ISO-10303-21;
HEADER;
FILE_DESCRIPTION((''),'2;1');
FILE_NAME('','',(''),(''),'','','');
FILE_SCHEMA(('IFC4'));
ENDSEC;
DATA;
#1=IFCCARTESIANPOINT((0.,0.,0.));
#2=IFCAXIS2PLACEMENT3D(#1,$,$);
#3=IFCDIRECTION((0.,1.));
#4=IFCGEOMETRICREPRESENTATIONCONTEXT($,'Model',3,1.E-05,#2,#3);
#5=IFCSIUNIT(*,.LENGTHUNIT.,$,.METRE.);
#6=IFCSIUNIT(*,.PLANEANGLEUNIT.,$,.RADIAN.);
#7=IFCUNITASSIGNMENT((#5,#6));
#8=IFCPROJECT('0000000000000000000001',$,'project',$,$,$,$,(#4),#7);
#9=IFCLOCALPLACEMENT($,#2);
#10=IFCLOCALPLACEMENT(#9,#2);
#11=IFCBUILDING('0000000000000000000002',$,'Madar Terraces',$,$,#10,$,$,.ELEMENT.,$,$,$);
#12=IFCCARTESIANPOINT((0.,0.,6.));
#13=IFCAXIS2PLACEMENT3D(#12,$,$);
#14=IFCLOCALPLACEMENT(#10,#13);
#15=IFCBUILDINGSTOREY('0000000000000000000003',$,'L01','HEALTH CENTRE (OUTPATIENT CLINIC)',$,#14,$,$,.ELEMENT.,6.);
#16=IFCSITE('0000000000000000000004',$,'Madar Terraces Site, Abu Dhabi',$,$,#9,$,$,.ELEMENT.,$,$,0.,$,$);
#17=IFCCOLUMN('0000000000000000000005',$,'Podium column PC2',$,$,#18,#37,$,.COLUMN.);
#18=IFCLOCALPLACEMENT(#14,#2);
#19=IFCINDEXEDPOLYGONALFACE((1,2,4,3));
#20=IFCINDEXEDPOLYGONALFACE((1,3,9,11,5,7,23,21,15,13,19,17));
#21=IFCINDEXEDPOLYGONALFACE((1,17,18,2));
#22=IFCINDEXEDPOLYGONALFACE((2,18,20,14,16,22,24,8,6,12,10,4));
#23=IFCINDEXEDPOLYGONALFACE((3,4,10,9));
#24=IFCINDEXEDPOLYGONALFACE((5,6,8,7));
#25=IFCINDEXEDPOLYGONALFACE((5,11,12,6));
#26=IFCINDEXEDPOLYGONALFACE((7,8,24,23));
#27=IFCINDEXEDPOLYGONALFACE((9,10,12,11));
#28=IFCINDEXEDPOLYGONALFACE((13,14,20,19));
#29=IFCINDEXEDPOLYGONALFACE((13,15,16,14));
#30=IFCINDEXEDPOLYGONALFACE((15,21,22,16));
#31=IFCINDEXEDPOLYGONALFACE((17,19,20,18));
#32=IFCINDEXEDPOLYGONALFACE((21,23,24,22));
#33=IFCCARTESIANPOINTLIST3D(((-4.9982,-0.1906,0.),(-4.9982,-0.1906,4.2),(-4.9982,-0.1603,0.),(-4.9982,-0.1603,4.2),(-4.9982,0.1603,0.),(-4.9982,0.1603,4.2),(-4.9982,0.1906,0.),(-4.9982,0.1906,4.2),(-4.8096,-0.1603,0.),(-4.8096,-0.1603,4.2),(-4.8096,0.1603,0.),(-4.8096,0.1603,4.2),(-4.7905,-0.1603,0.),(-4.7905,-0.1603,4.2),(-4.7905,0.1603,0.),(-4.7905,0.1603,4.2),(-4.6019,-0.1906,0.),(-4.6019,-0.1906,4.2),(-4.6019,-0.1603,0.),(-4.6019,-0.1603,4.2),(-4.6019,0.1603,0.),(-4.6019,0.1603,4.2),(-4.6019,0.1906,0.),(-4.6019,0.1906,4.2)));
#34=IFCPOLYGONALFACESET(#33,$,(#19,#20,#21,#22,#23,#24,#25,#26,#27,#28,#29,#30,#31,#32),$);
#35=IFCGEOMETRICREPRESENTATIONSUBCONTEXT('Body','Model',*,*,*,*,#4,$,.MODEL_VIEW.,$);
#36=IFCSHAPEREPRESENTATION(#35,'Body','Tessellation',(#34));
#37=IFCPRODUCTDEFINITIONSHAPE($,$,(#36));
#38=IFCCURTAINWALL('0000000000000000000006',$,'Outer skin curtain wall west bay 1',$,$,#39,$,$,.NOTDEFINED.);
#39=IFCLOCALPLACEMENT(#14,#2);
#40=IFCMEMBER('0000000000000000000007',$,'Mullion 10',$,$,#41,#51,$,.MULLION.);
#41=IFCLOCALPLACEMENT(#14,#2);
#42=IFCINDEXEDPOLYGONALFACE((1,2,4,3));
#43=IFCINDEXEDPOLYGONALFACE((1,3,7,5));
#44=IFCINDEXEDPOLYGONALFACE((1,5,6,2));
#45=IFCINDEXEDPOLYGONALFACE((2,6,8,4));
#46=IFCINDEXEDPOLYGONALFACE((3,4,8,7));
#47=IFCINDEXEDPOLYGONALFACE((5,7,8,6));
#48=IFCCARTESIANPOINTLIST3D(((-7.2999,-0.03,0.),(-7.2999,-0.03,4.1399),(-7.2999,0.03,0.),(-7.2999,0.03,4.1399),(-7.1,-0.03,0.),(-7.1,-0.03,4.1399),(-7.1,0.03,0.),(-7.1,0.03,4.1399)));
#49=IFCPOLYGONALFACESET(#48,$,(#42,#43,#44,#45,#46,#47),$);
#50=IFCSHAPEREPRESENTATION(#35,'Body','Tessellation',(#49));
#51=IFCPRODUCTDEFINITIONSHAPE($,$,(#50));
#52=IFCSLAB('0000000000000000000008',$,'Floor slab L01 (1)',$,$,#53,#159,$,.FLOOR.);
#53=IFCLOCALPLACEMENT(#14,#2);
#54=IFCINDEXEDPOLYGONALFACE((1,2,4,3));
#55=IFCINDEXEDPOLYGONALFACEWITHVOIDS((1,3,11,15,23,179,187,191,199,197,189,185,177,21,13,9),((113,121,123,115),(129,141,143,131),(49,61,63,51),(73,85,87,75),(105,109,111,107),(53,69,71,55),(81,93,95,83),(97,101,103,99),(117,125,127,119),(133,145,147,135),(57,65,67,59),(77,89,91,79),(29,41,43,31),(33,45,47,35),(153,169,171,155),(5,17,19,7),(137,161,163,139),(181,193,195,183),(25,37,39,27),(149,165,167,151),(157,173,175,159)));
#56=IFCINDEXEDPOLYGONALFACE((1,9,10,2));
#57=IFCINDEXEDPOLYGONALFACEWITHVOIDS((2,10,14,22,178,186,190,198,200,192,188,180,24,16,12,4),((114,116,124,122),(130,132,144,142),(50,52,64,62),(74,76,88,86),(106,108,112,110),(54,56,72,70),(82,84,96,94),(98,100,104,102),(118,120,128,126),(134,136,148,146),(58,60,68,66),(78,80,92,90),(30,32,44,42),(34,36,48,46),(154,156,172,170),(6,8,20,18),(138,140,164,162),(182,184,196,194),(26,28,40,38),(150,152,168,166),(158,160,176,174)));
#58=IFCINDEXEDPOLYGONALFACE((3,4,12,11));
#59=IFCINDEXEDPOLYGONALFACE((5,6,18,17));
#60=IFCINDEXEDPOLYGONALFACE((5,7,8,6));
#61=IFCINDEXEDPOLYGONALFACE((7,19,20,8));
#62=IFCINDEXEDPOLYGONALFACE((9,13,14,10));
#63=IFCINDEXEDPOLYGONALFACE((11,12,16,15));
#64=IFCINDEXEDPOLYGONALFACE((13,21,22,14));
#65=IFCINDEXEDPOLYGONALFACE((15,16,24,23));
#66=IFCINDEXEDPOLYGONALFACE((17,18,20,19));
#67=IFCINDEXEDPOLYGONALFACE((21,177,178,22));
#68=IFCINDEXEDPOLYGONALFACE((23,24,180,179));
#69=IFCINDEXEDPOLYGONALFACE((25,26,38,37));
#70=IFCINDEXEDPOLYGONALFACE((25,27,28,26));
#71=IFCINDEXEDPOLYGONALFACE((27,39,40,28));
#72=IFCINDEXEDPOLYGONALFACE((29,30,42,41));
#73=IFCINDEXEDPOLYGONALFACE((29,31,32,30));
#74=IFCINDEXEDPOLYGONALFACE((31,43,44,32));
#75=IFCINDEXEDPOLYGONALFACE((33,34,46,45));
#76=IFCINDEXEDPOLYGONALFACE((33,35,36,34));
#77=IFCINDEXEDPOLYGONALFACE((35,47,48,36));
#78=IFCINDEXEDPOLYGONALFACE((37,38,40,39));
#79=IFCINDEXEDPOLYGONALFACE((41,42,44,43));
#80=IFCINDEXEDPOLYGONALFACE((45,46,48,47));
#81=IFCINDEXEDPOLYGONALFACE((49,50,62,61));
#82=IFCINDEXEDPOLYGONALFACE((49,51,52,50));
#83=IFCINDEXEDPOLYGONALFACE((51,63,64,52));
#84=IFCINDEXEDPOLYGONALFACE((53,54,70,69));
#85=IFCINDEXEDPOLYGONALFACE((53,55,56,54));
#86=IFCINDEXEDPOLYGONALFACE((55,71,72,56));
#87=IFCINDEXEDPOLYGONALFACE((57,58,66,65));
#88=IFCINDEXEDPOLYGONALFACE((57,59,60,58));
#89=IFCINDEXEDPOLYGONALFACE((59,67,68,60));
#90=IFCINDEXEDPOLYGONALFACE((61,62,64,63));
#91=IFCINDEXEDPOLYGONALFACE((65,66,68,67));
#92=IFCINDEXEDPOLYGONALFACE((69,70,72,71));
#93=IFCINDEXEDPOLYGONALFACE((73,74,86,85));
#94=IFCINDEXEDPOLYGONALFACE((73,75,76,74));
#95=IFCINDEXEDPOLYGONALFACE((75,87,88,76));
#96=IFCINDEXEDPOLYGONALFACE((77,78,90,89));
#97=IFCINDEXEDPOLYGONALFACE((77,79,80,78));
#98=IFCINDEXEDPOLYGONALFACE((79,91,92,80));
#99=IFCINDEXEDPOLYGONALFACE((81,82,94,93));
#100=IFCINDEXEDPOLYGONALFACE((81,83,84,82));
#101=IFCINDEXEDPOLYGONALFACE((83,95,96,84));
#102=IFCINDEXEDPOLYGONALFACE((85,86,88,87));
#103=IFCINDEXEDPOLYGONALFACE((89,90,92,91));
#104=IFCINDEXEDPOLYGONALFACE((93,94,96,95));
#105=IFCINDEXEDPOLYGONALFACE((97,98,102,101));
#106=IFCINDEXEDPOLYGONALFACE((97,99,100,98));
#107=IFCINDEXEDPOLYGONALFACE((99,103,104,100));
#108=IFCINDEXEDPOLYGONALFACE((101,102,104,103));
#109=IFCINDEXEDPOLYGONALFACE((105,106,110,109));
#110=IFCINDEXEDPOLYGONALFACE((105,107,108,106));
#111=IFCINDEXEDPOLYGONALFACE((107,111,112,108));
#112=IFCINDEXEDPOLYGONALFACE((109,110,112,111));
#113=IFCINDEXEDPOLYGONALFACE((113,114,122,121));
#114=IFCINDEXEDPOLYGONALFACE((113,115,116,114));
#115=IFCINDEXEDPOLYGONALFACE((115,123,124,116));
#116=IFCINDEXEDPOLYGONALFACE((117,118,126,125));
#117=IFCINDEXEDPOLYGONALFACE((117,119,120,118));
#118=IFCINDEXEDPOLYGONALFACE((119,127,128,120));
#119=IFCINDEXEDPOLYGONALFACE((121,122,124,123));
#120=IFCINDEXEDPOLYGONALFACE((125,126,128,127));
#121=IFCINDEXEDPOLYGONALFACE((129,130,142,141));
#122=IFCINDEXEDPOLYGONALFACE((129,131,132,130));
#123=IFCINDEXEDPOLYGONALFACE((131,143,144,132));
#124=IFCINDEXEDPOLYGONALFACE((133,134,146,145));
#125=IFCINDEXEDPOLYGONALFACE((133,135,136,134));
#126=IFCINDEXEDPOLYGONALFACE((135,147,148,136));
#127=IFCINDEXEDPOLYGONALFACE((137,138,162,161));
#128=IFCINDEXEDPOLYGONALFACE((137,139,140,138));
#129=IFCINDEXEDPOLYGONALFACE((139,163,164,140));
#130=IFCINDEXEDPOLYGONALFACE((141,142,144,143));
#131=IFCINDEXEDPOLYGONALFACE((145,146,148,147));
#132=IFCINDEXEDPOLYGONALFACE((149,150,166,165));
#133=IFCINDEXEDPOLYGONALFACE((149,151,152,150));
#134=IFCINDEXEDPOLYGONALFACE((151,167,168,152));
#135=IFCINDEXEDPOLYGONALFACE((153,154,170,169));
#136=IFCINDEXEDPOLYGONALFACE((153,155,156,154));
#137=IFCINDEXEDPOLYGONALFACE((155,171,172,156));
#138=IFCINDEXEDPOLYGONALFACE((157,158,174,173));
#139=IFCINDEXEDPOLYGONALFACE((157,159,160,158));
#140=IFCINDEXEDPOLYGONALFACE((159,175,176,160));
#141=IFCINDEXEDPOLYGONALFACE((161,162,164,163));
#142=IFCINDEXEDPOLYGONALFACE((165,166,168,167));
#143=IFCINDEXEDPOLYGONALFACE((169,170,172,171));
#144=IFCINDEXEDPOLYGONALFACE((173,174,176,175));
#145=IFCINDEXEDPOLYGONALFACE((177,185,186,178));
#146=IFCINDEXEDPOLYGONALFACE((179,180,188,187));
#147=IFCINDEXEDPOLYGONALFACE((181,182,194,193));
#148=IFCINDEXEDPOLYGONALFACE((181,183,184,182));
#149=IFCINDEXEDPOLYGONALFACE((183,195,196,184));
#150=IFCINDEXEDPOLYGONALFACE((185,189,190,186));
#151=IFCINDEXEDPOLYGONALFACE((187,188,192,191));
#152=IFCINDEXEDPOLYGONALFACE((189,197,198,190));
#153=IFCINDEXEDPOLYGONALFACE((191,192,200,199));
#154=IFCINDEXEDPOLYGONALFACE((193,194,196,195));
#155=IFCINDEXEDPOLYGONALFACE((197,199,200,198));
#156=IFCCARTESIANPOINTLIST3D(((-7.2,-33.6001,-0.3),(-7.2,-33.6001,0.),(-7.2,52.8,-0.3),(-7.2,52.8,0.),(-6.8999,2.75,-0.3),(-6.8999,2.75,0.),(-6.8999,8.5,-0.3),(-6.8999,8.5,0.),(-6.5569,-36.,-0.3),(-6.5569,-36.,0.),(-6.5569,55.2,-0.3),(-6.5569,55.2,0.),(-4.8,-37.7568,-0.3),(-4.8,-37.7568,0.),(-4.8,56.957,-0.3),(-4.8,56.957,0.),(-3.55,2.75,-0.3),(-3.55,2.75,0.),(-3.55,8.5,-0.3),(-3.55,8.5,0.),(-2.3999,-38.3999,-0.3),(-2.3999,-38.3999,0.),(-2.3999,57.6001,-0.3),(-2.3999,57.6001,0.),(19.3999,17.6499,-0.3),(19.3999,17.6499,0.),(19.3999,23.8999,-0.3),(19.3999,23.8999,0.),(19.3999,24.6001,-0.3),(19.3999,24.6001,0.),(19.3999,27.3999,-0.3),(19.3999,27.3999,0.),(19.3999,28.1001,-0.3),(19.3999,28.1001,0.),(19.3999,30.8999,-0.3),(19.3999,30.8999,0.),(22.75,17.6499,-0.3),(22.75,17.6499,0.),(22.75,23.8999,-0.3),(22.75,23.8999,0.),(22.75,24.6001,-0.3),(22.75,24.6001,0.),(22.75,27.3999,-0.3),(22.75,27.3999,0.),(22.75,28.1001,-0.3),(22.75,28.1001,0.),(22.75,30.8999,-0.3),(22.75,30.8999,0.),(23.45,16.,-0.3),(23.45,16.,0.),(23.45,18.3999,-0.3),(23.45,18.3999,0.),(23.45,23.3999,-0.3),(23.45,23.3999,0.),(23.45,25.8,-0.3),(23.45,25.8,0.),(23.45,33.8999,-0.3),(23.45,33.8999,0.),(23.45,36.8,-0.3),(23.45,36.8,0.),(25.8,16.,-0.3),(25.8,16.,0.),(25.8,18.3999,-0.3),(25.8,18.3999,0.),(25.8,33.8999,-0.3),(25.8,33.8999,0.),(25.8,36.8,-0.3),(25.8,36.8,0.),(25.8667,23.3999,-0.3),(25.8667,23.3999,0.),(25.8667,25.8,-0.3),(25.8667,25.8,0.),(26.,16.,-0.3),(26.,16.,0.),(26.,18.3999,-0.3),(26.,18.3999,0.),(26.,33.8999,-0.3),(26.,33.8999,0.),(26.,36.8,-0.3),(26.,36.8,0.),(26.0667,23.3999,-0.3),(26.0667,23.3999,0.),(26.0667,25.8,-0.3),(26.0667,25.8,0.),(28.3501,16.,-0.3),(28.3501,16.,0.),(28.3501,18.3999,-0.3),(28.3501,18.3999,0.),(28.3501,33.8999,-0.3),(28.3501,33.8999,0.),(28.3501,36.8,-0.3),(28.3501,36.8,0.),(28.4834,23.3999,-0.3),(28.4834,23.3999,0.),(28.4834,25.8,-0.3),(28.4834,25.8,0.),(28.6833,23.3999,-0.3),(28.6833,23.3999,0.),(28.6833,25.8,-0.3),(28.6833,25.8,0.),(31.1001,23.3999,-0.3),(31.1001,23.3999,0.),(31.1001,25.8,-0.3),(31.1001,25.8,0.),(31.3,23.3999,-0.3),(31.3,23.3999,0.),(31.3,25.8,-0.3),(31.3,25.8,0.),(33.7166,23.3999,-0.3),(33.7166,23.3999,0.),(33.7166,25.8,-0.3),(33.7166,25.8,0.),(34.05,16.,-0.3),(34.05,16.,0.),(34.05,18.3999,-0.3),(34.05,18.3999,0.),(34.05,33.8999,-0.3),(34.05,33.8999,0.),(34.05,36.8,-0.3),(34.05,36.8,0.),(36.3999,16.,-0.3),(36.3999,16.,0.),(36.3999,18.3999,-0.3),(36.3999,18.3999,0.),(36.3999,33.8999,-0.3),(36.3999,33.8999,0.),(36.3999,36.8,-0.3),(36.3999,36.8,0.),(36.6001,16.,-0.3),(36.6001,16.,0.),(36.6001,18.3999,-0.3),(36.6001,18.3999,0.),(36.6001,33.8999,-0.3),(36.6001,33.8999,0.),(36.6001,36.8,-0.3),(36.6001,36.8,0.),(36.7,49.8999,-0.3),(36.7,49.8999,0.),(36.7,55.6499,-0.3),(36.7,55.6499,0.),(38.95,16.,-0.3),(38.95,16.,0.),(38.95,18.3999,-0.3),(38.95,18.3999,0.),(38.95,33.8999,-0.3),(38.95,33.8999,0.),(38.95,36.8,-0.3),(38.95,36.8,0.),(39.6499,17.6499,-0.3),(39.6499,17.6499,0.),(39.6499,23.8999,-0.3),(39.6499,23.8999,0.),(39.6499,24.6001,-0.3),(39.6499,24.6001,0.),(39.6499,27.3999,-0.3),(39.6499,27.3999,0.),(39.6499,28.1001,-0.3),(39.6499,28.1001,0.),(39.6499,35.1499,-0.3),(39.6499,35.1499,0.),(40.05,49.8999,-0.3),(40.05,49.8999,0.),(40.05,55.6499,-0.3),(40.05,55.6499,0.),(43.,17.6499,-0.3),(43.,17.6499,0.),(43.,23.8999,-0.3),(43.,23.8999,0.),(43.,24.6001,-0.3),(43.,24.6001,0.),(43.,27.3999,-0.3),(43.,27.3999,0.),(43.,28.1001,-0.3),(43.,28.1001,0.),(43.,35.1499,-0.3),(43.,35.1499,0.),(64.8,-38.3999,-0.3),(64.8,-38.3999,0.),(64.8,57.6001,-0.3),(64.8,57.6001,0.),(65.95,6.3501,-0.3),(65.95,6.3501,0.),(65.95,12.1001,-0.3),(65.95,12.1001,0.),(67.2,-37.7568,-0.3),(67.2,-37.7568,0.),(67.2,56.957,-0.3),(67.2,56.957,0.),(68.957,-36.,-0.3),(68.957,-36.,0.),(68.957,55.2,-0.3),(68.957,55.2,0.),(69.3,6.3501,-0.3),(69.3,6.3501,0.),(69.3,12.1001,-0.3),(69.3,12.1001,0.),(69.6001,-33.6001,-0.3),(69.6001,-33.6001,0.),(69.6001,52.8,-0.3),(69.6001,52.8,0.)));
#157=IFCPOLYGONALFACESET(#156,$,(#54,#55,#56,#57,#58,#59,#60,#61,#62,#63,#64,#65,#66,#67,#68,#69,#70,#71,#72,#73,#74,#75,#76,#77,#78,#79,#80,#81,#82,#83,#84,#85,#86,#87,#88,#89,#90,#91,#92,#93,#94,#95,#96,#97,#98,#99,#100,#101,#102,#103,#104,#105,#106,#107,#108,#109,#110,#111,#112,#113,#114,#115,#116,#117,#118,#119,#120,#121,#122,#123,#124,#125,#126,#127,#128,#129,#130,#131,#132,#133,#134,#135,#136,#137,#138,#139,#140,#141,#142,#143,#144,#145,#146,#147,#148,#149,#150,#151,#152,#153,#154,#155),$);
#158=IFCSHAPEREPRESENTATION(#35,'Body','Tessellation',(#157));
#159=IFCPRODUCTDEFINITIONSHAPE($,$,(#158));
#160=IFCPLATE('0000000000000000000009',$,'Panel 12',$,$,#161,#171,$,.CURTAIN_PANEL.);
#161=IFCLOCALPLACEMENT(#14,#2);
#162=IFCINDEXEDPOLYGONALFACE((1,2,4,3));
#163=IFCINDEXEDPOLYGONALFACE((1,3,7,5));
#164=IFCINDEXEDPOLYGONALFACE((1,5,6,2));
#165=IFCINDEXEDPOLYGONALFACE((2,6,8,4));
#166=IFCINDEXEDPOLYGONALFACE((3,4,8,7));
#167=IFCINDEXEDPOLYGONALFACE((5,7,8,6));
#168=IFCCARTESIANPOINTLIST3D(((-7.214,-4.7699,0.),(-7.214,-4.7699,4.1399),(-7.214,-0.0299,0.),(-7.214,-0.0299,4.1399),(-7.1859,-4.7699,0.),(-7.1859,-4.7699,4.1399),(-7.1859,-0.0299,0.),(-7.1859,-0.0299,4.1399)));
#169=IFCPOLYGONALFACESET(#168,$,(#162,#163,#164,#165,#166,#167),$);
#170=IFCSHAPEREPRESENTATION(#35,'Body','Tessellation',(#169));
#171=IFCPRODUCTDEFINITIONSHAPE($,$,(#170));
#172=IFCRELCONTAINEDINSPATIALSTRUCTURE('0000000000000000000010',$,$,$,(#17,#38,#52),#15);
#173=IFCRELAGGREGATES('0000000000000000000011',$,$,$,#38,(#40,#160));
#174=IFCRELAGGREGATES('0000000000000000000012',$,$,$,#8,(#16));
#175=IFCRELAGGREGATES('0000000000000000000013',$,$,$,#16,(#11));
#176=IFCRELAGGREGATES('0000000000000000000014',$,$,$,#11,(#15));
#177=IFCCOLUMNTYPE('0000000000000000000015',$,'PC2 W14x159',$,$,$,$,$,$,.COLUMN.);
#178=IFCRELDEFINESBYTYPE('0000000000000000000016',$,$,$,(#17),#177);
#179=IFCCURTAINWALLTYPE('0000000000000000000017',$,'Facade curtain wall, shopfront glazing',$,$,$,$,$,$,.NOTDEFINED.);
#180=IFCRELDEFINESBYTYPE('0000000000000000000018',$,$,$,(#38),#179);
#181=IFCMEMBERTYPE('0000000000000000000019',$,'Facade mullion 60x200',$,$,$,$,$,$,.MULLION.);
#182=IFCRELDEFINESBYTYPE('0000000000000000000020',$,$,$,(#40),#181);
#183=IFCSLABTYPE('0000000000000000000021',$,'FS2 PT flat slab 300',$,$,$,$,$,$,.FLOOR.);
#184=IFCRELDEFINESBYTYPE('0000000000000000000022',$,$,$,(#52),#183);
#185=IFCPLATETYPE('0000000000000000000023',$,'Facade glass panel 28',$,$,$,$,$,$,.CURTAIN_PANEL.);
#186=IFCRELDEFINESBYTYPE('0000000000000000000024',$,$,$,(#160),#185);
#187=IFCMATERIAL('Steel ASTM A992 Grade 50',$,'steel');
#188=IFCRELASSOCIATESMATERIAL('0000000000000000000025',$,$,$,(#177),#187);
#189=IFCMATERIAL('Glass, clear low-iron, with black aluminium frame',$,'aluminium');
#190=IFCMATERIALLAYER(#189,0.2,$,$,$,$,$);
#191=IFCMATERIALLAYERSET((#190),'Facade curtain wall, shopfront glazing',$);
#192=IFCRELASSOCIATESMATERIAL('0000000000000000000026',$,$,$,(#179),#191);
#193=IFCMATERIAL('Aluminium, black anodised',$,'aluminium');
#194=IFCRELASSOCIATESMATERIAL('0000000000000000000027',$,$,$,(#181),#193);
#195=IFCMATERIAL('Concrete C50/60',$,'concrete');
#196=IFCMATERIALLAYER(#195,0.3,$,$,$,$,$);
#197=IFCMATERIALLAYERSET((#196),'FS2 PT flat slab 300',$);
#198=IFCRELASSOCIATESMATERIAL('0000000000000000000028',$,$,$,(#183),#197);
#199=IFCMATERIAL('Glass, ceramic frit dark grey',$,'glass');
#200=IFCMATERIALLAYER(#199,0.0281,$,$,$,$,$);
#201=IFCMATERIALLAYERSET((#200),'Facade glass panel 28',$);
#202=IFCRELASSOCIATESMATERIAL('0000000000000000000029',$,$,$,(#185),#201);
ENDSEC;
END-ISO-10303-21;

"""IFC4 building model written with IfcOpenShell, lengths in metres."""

from ifc_helpers import new_model, si_unit, direction, frame, origin, origin_2d, place, context, subcontext, project, spatial, polyline, rectangle, i_section, outline, extrude, material, layer, layer_set, material_profile, profile_set, type_object, element, aggregate, save


model = new_model("IFC4")

# Units and contexts
model_context = context("Model", 3, precision=1e-05, world=origin(), true_north=direction((0.0, 1.0)))
body_context = subcontext(model_context, "Body", "Model", "MODEL_VIEW")
ifc_project = project(units=[si_unit("LENGTHUNIT", "METRE"), si_unit("PLANEANGLEUNIT", "RADIAN")], contexts=[model_context])

# Site, building, storey
site_placement = place(None, origin())
site = spatial("IfcSite", under=ifc_project, at=site_placement, Name="Madar Terraces Site, Abu Dhabi", CompositionType="ELEMENT", RefElevation=0.0)
building_placement = place(site_placement, origin())
building = spatial("IfcBuilding", under=site, at=building_placement, Name="Madar Terraces", CompositionType="ELEMENT")
storey_placement = place(building_placement, frame((0.0, 0.0, 6.0)))
storey = spatial("IfcBuildingStorey", under=building, at=storey_placement, Name="L01", Description="HEALTH CENTRE (OUTPATIENT CLINIC)", CompositionType="ELEMENT", Elevation=6.0)

# Column
ifc_material_1 = material(Name="Steel ASTM A992 Grade 50", Category="steel")
ifc_material_profile_1 = material_profile(ifc_material_1, i_section(OverallWidth=0.3962, OverallDepth=0.3811, WebThickness=0.019, FlangeThickness=0.0303, at=origin_2d()), Name="W14x159")
ifc_profile_set_1 = profile_set([ifc_material_profile_1], Name="Steel ASTM A992 Grade 50")
column_type = type_object("IfcColumnType", Name="PC2 W14x159", PredefinedType="COLUMN", material=ifc_profile_set_1)
column_placement = place(storey_placement, frame((-4.8, 0.0, 0.0), z_axis=(0.0, 0.0, 1.0), x_axis=(1.0, 0.0, 0.0)))
element("IfcColumn", 1, at=column_placement, inside=storey, type_object=column_type, Name="Podium column PC2", PredefinedType="COLUMN", context=body_context, shape_type="SweptSolid", body=[
    extrude(i_section(OverallWidth=0.3962, OverallDepth=0.3811, WebThickness=0.019, FlangeThickness=0.0303, at=origin_2d()), origin(), (0.0, 0.0, 1.0), 4.2),
])

# Curtain wall, member
ifc_material_2 = material(Name="Glass, clear low-iron, with black aluminium frame", Category="aluminium")
ifc_layer_1 = layer(ifc_material_2, 0.2)
ifc_layer_set_1 = layer_set([ifc_layer_1], Name="Facade curtain wall, shopfront glazing")
curtain_wall_type = type_object("IfcCurtainWallType", Name="Facade curtain wall, shopfront glazing", PredefinedType="NOTDEFINED", material=ifc_layer_set_1)
curtain_wall_placement = place(storey_placement, origin())
curtain_wall = element("IfcCurtainWall", 2, at=curtain_wall_placement, inside=storey, type_object=curtain_wall_type, Name="Outer skin curtain wall west bay 1", PredefinedType="NOTDEFINED")
ifc_material_3 = material(Name="Aluminium, black anodised", Category="aluminium")
ifc_material_profile_2 = material_profile(ifc_material_3, rectangle(XDim=0.2, YDim=0.0601, at=origin_2d()), Name="Facade mullion 60x200")
ifc_profile_set_2 = profile_set([ifc_material_profile_2], Name="Aluminium, black anodised")
member_type = type_object("IfcMemberType", Name="Facade mullion 60x200", PredefinedType="MULLION", material=ifc_profile_set_2)
member_placement = place(storey_placement, frame((-7.2, 0.0, 0.0), z_axis=(0.0, 0.0, 1.0), x_axis=(1.0, 0.0, 0.0)))
member = element("IfcMember", 3, at=member_placement, type_object=member_type, Name="Mullion 10", PredefinedType="MULLION", context=body_context, shape_type="SweptSolid", body=[
    extrude(rectangle(XDim=0.2, YDim=0.0601, at=origin_2d()), origin(), (0.0, 0.0, 1.0), 4.1399),
])

# Slab
ifc_material_4 = material(Name="Concrete C50/60", Category="concrete")
ifc_layer_2 = layer(ifc_material_4, 0.3)
ifc_layer_set_2 = layer_set([ifc_layer_2], Name="FS2 PT flat slab 300")
slab_type_1 = type_object("IfcSlabType", Name="FS2 PT flat slab 300", PredefinedType="FLOOR", material=ifc_layer_set_2)
slab_1_placement = place(storey_placement, frame((0.0, 0.0, -0.3)))
element("IfcSlab", 4, at=slab_1_placement, inside=storey, type_object=slab_type_1, Name="Floor slab L01 (1)", PredefinedType="FLOOR", context=body_context, shape_type="SweptSolid", body=[
    extrude(outline(polyline([(64.8, -38.3999), (67.2, -37.7568), (68.957, -36.0), (69.6001, -33.6001), (69.6001, 52.8), (68.957, 55.2), (67.2, 56.957), (64.8, 57.6001), (-2.3999, 57.6001), (-4.8, 56.957), (-6.5569, 55.2), (-7.2, 52.8), (-7.2, -33.6001), (-6.5569, -36.0), (-4.8, -37.7568), (-2.3999, -38.3999), (64.8, -38.3999)]), holes=[polyline([(-6.8999, 2.75), (-6.8999, 8.5), (-3.55, 8.5), (-3.55, 2.75), (-6.8999, 2.75)]), polyline([(23.45, 16.0), (23.45, 18.3999), (25.8, 18.3999), (25.8, 16.0), (23.45, 16.0)]), polyline([(26.0, 16.0), (26.0, 18.3999), (28.3501, 18.3999), (28.3501, 16.0), (26.0, 16.0)]), polyline([(19.3999, 23.8999), (22.75, 23.8999), (22.75, 17.6499), (19.3999, 17.6499), (19.3999, 23.8999)]), polyline([(23.45, 25.8), (25.8667, 25.8), (25.8667, 23.3999), (23.45, 23.3999), (23.45, 25.8)]), polyline([(26.0667, 23.3999), (26.0667, 25.8), (28.4834, 25.8), (28.4834, 23.3999), (26.0667, 23.3999)]), polyline([(28.6833, 23.3999), (28.6833, 25.8), (31.1001, 25.8), (31.1001, 23.3999), (28.6833, 23.3999)]), polyline([(19.3999, 24.6001), (19.3999, 27.3999), (22.75, 27.3999), (22.75, 24.6001), (19.3999, 24.6001)]), polyline([(19.3999, 30.8999), (22.75, 30.8999), (22.75, 28.1001), (19.3999, 28.1001), (19.3999, 30.8999)]), polyline([(23.45, 36.8), (25.8, 36.8), (25.8, 33.8999), (23.45, 33.8999), (23.45, 36.8)]), polyline([(26.0, 33.8999), (26.0, 36.8), (28.3501, 36.8), (28.3501, 33.8999), (26.0, 33.8999)]), polyline([(65.95, 6.3501), (65.95, 12.1001), (69.3, 12.1001), (69.3, 6.3501), (65.95, 6.3501)]), polyline([(34.05, 16.0), (34.05, 18.3999), (36.3999, 18.3999), (36.3999, 16.0), (34.05, 16.0)]), polyline([(36.6001, 18.3999), (38.95, 18.3999), (38.95, 16.0), (36.6001, 16.0), (36.6001, 18.3999)]), polyline([(39.6499, 23.8999), (43.0, 23.8999), (43.0, 17.6499), (39.6499, 17.6499), (39.6499, 23.8999)]), polyline([(31.3, 23.3999), (31.3, 25.8), (33.7166, 25.8), (33.7166, 23.3999), (31.3, 23.3999)]), polyline([(39.6499, 27.3999), (43.0, 27.3999), (43.0, 24.6001), (39.6499, 24.6001), (39.6499, 27.3999)]), polyline([(39.6499, 35.1499), (43.0, 35.1499), (43.0, 28.1001), (39.6499, 28.1001), (39.6499, 35.1499)]), polyline([(34.05, 33.8999), (34.05, 36.8), (36.3999, 36.8), (36.3999, 33.8999), (34.05, 33.8999)]), polyline([(36.6001, 36.8), (38.95, 36.8), (38.95, 33.8999), (36.6001, 33.8999), (36.6001, 36.8)]), polyline([(36.7, 55.6499), (40.05, 55.6499), (40.05, 49.8999), (36.7, 49.8999), (36.7, 55.6499)])]), origin(), (0.0, 0.0, 1.0), 0.3),
])

# Plate
ifc_material_5 = material(Name="Glass, ceramic frit dark grey", Category="glass")
ifc_layer_3 = layer(ifc_material_5, 0.0281)
ifc_layer_set_3 = layer_set([ifc_layer_3], Name="Facade glass panel 28")
plate_type = type_object("IfcPlateType", Name="Facade glass panel 28", PredefinedType="CURTAIN_PANEL", material=ifc_layer_set_3)
plate_placement = place(storey_placement, frame((-7.2, -2.3999, 0.0), z_axis=(0.0, 0.0, 1.0), x_axis=(0.0, -1.0, 0.0)))
plate = element("IfcPlate", 5, at=plate_placement, type_object=plate_type, Name="Panel 12", PredefinedType="CURTAIN_PANEL", context=body_context, shape_type="SweptSolid", body=[
    extrude(rectangle(XDim=4.74, YDim=0.0281, at=origin_2d()), origin(), (0.0, 0.0, 1.0), 4.1399),
])
aggregate(curtain_wall, [member, plate])

save(model, "model.ifc")
